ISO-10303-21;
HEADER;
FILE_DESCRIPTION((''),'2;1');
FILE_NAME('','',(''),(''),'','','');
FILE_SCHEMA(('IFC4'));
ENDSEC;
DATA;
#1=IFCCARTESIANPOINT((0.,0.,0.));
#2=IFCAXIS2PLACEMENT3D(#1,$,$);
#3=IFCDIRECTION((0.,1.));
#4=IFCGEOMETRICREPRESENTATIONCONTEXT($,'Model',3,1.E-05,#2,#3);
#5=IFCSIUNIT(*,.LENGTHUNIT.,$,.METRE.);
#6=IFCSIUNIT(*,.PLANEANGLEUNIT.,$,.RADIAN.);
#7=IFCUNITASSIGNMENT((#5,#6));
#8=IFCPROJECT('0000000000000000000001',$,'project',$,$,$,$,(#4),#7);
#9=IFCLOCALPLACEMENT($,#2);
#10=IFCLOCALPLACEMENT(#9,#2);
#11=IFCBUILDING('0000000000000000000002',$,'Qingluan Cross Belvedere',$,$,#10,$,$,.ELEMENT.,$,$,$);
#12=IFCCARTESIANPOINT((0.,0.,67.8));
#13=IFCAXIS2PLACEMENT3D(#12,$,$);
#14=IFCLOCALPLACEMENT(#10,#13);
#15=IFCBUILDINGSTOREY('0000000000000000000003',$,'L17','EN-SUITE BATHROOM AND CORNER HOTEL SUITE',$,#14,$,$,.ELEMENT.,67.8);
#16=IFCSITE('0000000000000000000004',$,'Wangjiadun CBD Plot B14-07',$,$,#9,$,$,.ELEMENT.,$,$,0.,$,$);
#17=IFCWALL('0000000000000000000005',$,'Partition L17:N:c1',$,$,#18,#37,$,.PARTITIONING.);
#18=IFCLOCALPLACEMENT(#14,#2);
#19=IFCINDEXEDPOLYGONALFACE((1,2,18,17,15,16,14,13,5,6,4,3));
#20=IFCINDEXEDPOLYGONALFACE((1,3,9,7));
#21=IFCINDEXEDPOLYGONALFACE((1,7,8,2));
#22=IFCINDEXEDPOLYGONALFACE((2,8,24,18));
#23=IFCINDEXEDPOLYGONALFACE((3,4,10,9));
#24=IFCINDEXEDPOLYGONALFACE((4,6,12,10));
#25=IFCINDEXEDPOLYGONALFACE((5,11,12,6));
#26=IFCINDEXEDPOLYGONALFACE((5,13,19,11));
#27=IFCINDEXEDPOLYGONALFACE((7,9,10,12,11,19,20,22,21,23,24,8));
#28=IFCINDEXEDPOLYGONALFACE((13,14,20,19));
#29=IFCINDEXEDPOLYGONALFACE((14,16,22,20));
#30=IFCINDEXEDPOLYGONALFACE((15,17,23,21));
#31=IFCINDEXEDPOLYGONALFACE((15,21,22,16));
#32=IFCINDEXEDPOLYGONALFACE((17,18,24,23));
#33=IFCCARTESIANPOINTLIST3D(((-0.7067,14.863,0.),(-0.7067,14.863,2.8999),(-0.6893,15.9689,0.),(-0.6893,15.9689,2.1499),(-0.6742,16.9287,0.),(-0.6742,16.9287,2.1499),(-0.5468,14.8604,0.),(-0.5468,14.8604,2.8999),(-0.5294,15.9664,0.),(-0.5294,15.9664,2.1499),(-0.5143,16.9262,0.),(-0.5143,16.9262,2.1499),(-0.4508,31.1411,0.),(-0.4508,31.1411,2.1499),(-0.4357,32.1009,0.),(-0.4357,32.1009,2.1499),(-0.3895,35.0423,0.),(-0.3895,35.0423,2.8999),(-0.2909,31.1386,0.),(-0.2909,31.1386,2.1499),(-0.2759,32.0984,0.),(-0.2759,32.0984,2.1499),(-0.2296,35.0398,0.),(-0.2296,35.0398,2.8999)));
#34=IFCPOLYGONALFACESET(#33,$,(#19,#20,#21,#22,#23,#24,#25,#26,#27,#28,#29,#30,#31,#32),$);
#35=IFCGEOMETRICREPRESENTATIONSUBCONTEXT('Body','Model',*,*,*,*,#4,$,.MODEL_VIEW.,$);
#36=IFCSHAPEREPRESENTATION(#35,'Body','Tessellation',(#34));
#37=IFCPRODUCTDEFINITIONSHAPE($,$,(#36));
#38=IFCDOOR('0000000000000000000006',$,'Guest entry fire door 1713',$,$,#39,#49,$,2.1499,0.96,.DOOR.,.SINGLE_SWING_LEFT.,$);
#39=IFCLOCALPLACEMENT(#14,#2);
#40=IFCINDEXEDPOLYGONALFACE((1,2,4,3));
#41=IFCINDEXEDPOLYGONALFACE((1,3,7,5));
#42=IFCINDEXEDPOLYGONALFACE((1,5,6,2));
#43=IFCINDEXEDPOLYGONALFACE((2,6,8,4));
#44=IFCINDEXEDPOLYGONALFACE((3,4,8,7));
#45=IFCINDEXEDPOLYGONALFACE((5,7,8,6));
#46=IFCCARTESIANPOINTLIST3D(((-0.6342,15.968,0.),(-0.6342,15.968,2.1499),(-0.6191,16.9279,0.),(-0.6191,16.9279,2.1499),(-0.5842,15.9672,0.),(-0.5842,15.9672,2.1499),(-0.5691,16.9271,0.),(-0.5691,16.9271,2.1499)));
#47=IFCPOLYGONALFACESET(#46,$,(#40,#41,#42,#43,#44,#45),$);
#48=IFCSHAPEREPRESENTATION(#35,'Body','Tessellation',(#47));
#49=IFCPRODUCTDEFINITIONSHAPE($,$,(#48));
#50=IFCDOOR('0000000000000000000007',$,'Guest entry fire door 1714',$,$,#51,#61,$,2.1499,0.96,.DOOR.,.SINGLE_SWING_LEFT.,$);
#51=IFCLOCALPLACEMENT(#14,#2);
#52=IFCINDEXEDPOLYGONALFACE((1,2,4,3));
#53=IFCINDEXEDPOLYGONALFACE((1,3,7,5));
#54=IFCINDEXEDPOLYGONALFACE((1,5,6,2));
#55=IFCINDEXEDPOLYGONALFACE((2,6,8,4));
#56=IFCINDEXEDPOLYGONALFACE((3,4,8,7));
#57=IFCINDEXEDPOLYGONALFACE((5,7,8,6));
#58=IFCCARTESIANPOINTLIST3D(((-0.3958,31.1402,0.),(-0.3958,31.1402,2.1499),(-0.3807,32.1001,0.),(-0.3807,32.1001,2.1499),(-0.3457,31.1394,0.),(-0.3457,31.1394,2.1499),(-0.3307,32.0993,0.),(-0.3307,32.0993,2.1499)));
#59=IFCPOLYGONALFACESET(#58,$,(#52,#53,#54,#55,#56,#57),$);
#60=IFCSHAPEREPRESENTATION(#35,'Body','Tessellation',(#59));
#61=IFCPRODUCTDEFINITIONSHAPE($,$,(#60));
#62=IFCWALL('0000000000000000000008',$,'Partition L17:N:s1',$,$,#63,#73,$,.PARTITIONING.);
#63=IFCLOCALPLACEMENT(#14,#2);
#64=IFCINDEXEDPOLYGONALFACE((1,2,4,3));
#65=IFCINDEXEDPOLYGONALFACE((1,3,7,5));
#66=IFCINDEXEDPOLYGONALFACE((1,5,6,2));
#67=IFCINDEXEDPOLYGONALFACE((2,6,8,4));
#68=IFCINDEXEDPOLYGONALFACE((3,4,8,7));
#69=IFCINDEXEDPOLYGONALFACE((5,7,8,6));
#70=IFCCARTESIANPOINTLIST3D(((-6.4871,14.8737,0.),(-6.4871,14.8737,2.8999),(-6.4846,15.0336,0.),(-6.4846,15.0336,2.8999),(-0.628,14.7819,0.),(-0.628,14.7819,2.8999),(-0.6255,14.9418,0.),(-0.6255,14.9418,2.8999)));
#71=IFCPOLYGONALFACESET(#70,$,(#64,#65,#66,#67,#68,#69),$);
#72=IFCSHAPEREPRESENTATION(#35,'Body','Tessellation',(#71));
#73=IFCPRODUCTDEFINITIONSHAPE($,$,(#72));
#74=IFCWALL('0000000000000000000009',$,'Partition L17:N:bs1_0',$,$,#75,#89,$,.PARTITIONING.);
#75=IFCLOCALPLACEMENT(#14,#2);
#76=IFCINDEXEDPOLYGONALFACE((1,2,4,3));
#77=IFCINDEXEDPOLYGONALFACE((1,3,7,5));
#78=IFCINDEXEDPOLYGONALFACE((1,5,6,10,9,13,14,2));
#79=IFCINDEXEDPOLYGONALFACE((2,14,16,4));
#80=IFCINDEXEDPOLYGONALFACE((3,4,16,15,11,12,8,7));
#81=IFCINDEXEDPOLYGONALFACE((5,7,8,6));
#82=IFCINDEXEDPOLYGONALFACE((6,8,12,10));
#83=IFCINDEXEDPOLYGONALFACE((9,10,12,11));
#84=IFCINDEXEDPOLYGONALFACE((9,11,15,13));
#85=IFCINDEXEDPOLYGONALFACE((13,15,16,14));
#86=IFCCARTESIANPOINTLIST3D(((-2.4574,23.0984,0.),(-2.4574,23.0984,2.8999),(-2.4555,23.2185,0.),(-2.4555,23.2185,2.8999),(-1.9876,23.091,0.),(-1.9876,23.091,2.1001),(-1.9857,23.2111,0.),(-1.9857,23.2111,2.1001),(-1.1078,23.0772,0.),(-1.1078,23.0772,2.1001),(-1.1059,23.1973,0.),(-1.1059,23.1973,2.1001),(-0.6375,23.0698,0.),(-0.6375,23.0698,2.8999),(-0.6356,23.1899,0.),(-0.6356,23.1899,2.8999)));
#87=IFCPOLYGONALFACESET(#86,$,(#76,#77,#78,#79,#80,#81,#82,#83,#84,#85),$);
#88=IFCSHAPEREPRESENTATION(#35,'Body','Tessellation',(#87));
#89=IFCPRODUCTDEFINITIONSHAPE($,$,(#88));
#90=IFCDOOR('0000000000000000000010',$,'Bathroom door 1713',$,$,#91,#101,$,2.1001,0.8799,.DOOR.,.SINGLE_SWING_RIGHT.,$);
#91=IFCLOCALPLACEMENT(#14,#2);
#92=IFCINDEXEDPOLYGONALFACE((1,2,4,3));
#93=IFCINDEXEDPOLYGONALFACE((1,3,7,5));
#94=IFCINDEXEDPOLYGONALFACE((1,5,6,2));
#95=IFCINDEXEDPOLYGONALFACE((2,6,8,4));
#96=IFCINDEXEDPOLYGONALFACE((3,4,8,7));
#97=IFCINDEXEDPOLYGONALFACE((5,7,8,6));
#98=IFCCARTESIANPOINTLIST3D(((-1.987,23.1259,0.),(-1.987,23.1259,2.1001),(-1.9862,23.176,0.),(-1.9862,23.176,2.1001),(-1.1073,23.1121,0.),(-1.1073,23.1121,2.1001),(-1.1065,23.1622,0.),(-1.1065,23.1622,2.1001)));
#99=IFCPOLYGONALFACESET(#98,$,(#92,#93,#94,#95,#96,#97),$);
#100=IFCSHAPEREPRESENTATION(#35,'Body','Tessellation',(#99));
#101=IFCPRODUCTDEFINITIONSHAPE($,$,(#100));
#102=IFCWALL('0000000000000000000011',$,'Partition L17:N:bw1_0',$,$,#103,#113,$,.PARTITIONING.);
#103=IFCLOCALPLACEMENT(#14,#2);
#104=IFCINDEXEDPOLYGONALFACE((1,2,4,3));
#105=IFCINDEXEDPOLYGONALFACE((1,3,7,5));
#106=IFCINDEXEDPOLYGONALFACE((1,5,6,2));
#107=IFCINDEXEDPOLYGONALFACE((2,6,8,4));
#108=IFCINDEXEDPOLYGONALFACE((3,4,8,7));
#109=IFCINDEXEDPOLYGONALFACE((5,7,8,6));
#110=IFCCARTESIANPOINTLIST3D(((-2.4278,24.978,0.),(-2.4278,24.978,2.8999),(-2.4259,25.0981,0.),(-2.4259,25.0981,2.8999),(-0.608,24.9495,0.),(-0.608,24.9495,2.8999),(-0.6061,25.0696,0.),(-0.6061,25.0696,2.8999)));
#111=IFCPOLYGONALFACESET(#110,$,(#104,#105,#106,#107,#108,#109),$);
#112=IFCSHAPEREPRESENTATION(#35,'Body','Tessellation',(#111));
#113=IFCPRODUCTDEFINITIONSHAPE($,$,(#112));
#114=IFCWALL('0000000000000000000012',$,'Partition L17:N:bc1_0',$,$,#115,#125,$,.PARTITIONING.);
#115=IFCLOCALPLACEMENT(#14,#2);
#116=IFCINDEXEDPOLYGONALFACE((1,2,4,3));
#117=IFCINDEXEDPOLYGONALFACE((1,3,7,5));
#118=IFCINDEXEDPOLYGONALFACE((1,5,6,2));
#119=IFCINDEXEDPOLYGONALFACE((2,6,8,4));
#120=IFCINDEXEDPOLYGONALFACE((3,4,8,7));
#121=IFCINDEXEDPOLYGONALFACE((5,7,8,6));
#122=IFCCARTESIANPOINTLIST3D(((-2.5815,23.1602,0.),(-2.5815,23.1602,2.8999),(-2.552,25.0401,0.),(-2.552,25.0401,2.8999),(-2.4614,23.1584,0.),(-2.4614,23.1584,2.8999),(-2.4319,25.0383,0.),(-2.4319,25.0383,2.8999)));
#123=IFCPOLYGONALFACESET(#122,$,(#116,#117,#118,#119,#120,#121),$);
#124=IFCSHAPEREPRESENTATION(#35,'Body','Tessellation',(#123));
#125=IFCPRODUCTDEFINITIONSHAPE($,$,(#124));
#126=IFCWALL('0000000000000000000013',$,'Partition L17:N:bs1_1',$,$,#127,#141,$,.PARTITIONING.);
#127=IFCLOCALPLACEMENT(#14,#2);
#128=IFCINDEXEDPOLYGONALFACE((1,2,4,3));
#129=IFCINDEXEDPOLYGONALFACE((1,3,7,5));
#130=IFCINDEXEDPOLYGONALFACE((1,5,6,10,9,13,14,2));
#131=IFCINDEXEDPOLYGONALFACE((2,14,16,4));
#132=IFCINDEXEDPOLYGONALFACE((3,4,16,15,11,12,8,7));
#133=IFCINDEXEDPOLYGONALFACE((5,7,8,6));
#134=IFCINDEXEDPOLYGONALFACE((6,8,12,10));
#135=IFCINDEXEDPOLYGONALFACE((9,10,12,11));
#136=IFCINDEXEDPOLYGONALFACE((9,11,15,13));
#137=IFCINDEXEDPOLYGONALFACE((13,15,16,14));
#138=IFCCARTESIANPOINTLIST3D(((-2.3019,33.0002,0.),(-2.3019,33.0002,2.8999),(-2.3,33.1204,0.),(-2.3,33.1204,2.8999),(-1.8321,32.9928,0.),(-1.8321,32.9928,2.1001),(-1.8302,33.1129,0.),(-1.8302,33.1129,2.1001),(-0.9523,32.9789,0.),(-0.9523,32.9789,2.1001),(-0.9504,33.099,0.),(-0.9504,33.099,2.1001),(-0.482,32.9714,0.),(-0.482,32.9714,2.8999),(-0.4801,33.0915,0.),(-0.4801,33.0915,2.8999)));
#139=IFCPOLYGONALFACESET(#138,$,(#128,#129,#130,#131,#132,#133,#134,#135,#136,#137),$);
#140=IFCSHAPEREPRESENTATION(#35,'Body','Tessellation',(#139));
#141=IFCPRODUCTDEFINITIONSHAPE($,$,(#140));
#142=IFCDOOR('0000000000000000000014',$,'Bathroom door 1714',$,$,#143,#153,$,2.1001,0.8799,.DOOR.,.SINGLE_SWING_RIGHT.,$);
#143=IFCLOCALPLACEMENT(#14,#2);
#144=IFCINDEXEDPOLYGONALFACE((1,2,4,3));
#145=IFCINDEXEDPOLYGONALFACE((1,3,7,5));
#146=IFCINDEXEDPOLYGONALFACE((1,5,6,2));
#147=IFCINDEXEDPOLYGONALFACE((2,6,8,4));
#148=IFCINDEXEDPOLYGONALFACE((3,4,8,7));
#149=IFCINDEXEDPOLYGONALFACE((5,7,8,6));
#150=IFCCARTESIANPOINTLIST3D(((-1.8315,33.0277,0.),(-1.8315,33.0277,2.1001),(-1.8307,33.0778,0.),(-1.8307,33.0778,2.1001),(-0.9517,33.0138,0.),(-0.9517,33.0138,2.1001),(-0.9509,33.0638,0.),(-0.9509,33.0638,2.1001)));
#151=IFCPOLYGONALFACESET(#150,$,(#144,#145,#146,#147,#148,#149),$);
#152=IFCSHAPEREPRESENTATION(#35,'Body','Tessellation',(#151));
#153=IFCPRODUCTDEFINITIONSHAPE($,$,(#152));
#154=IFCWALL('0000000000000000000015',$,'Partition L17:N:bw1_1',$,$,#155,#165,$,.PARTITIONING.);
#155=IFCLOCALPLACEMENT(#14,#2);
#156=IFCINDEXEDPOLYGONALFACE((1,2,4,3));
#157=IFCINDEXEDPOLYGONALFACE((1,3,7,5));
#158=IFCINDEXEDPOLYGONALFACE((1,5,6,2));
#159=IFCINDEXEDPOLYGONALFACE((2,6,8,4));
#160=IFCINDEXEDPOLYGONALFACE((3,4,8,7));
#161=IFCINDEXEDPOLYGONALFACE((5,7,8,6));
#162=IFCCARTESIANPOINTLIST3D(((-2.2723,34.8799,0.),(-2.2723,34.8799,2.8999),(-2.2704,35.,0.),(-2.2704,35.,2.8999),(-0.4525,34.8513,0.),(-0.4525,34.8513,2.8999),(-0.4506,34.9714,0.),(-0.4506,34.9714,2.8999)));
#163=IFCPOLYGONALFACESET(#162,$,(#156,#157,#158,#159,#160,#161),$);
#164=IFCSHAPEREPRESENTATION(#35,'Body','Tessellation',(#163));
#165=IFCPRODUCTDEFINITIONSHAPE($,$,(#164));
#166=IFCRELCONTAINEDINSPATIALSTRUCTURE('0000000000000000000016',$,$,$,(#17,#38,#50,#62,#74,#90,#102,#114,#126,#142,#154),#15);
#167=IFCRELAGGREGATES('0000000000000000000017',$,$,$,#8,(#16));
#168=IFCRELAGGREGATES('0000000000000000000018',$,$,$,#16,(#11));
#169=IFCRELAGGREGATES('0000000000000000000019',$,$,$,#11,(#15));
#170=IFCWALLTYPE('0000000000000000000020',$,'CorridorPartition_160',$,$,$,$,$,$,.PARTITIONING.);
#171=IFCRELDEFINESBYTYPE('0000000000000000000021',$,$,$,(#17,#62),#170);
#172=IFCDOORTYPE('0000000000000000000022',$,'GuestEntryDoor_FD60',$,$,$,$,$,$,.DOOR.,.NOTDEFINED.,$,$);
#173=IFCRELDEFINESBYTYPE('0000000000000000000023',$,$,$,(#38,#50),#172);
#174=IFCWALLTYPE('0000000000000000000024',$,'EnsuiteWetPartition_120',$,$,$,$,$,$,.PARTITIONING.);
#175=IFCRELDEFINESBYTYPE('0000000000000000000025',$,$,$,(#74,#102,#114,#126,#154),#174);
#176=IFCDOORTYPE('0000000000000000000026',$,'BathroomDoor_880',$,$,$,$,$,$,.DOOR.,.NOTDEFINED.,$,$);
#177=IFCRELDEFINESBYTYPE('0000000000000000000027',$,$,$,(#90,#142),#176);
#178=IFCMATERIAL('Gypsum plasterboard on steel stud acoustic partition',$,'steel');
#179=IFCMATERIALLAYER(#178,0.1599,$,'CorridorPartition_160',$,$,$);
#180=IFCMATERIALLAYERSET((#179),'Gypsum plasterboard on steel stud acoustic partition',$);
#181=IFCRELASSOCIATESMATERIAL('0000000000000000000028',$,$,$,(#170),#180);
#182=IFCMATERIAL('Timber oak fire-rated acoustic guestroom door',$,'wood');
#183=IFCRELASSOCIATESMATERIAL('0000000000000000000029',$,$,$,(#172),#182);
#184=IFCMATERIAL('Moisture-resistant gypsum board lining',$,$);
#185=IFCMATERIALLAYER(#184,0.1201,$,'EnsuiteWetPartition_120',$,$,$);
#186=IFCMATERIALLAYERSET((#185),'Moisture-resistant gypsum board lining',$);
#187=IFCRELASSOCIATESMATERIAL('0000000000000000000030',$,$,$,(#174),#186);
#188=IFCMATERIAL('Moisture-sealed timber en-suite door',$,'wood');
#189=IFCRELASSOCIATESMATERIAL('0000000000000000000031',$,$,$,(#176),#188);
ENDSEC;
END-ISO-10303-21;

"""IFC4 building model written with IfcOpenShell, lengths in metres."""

from ifc_helpers import new_model, si_unit, direction, frame, frame_2d, origin, place, context, subcontext, project, spatial, rectangle, extrude, material, layer, layer_set, type_object, element, fill, save


model = new_model("IFC4")

# Units and contexts
model_context = context("Model", 3, precision=1e-05, world=origin(), true_north=direction((0.0, 1.0)))
body_context = subcontext(model_context, "Body", "Model", "MODEL_VIEW")
ifc_project = project(units=[si_unit("LENGTHUNIT", "METRE"), si_unit("PLANEANGLEUNIT", "RADIAN")], contexts=[model_context])

# Site, building, storey
site_placement = place(None, origin())
site = spatial("IfcSite", under=ifc_project, at=site_placement, Name="Wangjiadun CBD Plot B14-07", CompositionType="ELEMENT", RefElevation=0.0)
building_placement = place(site_placement, origin())
building = spatial("IfcBuilding", under=site, at=building_placement, Name="Qingluan Cross Belvedere", CompositionType="ELEMENT")
storey_placement = place(building_placement, frame((0.0, 0.0, 67.8)))
storey = spatial("IfcBuildingStorey", under=building, at=storey_placement, Name="L17", Description="EN-SUITE BATHROOM AND CORNER HOTEL SUITE", CompositionType="ELEMENT", Elevation=67.8)

# Shared definitions
ifc_material_1 = material(Name="Gypsum plasterboard on steel stud acoustic partition", Category="steel")
ifc_layer_1 = layer(ifc_material_1, 0.1599, Name="CorridorPartition_160")
ifc_layer_set_1 = layer_set([ifc_layer_1], Name="Gypsum plasterboard on steel stud acoustic partition")
wall_type_1 = type_object("IfcWallType", Name="CorridorPartition_160", PredefinedType="PARTITIONING", material=ifc_layer_set_1)

# Wall, openings, doors
wall_1_placement = place(storey_placement, frame((-0.6267, 14.8618, 0.0), z_axis=(0.0, 0.0, 1.0), x_axis=(0.015714, 0.999877, 0.0)))
wall_1 = element("IfcWall", 1, at=wall_1_placement, inside=storey, type_object=wall_type_1, Name="Partition L17:N:c1", PredefinedType="PARTITIONING", context=body_context, shape_type="SweptSolid", body=[
    extrude(rectangle(XDim=20.1819, YDim=0.1599, at=frame_2d((10.0908, 0.0))), origin(), (0.0, 0.0, 1.0), 2.8999),
])
opening_1_placement = place(wall_1_placement, frame((1.106, 0.0, 0.0)))
opening_1 = element("IfcOpeningElement", 2, at=opening_1_placement, cuts=wall_1, PredefinedType="OPENING", context=body_context, shape_type="SweptSolid", body=[
    extrude(rectangle(XDim=0.96, YDim=2.1499, at=frame_2d((0.48, 1.075))), frame((0.0, 0.0898, 0.0), z_axis=(0.0, -1.0, 0.0), x_axis=(1.0, 0.0, 0.0)), (0.0, 0.0, 1.0), 0.1799),
])
opening_2_placement = place(wall_1_placement, frame((16.28, 0.0, 0.0)))
opening_2 = element("IfcOpeningElement", 3, at=opening_2_placement, cuts=wall_1, PredefinedType="OPENING", context=body_context, shape_type="SweptSolid", body=[
    extrude(rectangle(XDim=0.96, YDim=2.1499, at=frame_2d((0.48, 1.075))), frame((0.0, 0.0898, 0.0), z_axis=(0.0, -1.0, 0.0), x_axis=(1.0, 0.0, 0.0)), (0.0, 0.0, 1.0), 0.1799),
])
ifc_material_2 = material(Name="Timber oak fire-rated acoustic guestroom door", Category="wood")
door_type_1 = type_object("IfcDoorType", Name="GuestEntryDoor_FD60", OperationType="NOTDEFINED", PredefinedType="DOOR", material=ifc_material_2)
door_1_placement = place(opening_1_placement, origin())
door_1 = element("IfcDoor", 4, at=door_1_placement, inside=storey, type_object=door_type_1, Name="Guest entry fire door 1713", OperationType="SINGLE_SWING_LEFT", OverallHeight=2.1499, OverallWidth=0.96, PredefinedType="DOOR", context=body_context, shape_type="SweptSolid", body=[
    extrude(rectangle(XDim=0.96, YDim=2.1499, at=frame_2d((0.48, 1.075))), frame((0.0, 0.0249, 0.0), z_axis=(0.0, -1.0, 0.0), x_axis=(1.0, 0.0, 0.0)), (0.0, 0.0, 1.0), 0.05),
])
fill(opening_1, door_1)
door_2_placement = place(opening_2_placement, origin())
door_2 = element("IfcDoor", 5, at=door_2_placement, inside=storey, type_object=door_type_1, Name="Guest entry fire door 1714", OperationType="SINGLE_SWING_LEFT", OverallHeight=2.1499, OverallWidth=0.96, PredefinedType="DOOR", context=body_context, shape_type="SweptSolid", body=[
    extrude(rectangle(XDim=0.96, YDim=2.1499, at=frame_2d((0.48, 1.075))), frame((0.0, 0.0249, 0.0), z_axis=(0.0, -1.0, 0.0), x_axis=(1.0, 0.0, 0.0)), (0.0, 0.0, 1.0), 0.05),
])
fill(opening_2, door_2)

# Wall
wall_2_placement = place(storey_placement, frame((-0.6267, 14.8618, 0.0), z_axis=(0.0, 0.0, 1.0), x_axis=(-0.999877, 0.015665, 0.0)))
element("IfcWall", 6, at=wall_2_placement, inside=storey, type_object=wall_type_1, Name="Partition L17:N:s1", PredefinedType="PARTITIONING", context=body_context, shape_type="SweptSolid", body=[
    extrude(rectangle(XDim=5.8599, YDim=0.1599, at=frame_2d((2.9299, 0.0))), origin(), (0.0, 0.0, 1.0), 2.8999),
])

# Wall, opening, door
ifc_material_3 = material(Name="Moisture-resistant gypsum board lining")
ifc_layer_2 = layer(ifc_material_3, 0.1201, Name="EnsuiteWetPartition_120")
ifc_layer_set_2 = layer_set([ifc_layer_2], Name="Moisture-resistant gypsum board lining")
wall_type_2 = type_object("IfcWallType", Name="EnsuiteWetPartition_120", PredefinedType="PARTITIONING", material=ifc_layer_set_2)
wall_3_placement = place(storey_placement, frame((-2.4565, 23.1584, 0.0), z_axis=(0.0, 0.0, 1.0), x_axis=(0.999877, -0.015694, 0.0)))
wall_3 = element("IfcWall", 7, at=wall_3_placement, inside=storey, type_object=wall_type_2, Name="Partition L17:N:bs1_0", PredefinedType="PARTITIONING", context=body_context, shape_type="SweptSolid", body=[
    extrude(rectangle(XDim=1.8201, YDim=0.1201, at=frame_2d((0.9102, 0.0))), origin(), (0.0, 0.0, 1.0), 2.8999),
])
opening_3_placement = place(wall_3_placement, frame((0.47, 0.0, 0.0)))
opening_3 = element("IfcOpeningElement", 8, at=opening_3_placement, cuts=wall_3, PredefinedType="OPENING", context=body_context, shape_type="SweptSolid", body=[
    extrude(rectangle(XDim=0.8799, YDim=2.1001, at=frame_2d((0.4399, 1.05))), frame((0.0, 0.0701, 0.0), z_axis=(0.0, -1.0, 0.0), x_axis=(1.0, 0.0, 0.0)), (0.0, 0.0, 1.0), 0.1401),
])
ifc_material_4 = material(Name="Moisture-sealed timber en-suite door", Category="wood")
door_type_2 = type_object("IfcDoorType", Name="BathroomDoor_880", OperationType="NOTDEFINED", PredefinedType="DOOR", material=ifc_material_4)
door_3_placement = place(opening_3_placement, origin())
door_3 = element("IfcDoor", 9, at=door_3_placement, inside=storey, type_object=door_type_2, Name="Bathroom door 1713", OperationType="SINGLE_SWING_RIGHT", OverallHeight=2.1001, OverallWidth=0.8799, PredefinedType="DOOR", context=body_context, shape_type="SweptSolid", body=[
    extrude(rectangle(XDim=0.8799, YDim=2.1001, at=frame_2d((0.4399, 1.05))), frame((0.0, 0.0249, 0.0), z_axis=(0.0, -1.0, 0.0), x_axis=(1.0, 0.0, 0.0)), (0.0, 0.0, 1.0), 0.05),
])
fill(opening_3, door_3)

# Walls
wall_4_placement = place(storey_placement, frame((-2.427, 25.0381, 0.0), z_axis=(0.0, 0.0, 1.0), x_axis=(0.999877, -0.015694, 0.0)))
element("IfcWall", 10, at=wall_4_placement, inside=storey, type_object=wall_type_2, Name="Partition L17:N:bw1_0", PredefinedType="PARTITIONING", context=body_context, shape_type="SweptSolid", body=[
    extrude(rectangle(XDim=1.8201, YDim=0.1201, at=frame_2d((0.9102, 0.0))), origin(), (0.0, 0.0, 1.0), 2.8999),
])
wall_5_placement = place(storey_placement, frame((-2.5215, 23.1594, 0.0), z_axis=(0.0, 0.0, 1.0), x_axis=(0.015712, 0.999877, 0.0)))
element("IfcWall", 11, at=wall_5_placement, inside=storey, type_object=wall_type_2, Name="Partition L17:N:bc1_0", PredefinedType="PARTITIONING", context=body_context, shape_type="SweptSolid", body=[
    extrude(rectangle(XDim=1.8801, YDim=0.1201, at=frame_2d((0.9399, 0.0))), origin(), (0.0, 0.0, 1.0), 2.8999),
])

# Wall, opening, door
wall_6_placement = place(storey_placement, frame((-2.301, 33.0603, 0.0), z_axis=(0.0, 0.0, 1.0), x_axis=(0.999875, -0.015828, 0.0)))
wall_6 = element("IfcWall", 12, at=wall_6_placement, inside=storey, type_object=wall_type_2, Name="Partition L17:N:bs1_1", PredefinedType="PARTITIONING", context=body_context, shape_type="SweptSolid", body=[
    extrude(rectangle(XDim=1.8201, YDim=0.1201, at=frame_2d((0.9102, 0.0))), origin(), (0.0, 0.0, 1.0), 2.8999),
])
opening_4_placement = place(wall_6_placement, frame((0.47, 0.0, 0.0)))
opening_4 = element("IfcOpeningElement", 13, at=opening_4_placement, cuts=wall_6, PredefinedType="OPENING", context=body_context, shape_type="SweptSolid", body=[
    extrude(rectangle(XDim=0.8799, YDim=2.1001, at=frame_2d((0.4399, 1.05))), frame((0.0, 0.0701, 0.0), z_axis=(0.0, -1.0, 0.0), x_axis=(1.0, 0.0, 0.0)), (0.0, 0.0, 1.0), 0.1401),
])
door_4_placement = place(opening_4_placement, origin())
door_4 = element("IfcDoor", 14, at=door_4_placement, inside=storey, type_object=door_type_2, Name="Bathroom door 1714", OperationType="SINGLE_SWING_RIGHT", OverallHeight=2.1001, OverallWidth=0.8799, PredefinedType="DOOR", context=body_context, shape_type="SweptSolid", body=[
    extrude(rectangle(XDim=0.8799, YDim=2.1001, at=frame_2d((0.4399, 1.05))), frame((0.0, 0.0249, 0.0), z_axis=(0.0, -1.0, 0.0), x_axis=(1.0, 0.0, 0.0)), (0.0, 0.0, 1.0), 0.05),
])
fill(opening_4, door_4)

# Wall
wall_7_placement = place(storey_placement, frame((-2.2715, 34.9399, 0.0), z_axis=(0.0, 0.0, 1.0), x_axis=(0.999877, -0.015694, 0.0)))
element("IfcWall", 15, at=wall_7_placement, inside=storey, type_object=wall_type_2, Name="Partition L17:N:bw1_1", PredefinedType="PARTITIONING", context=body_context, shape_type="SweptSolid", body=[
    extrude(rectangle(XDim=1.8201, YDim=0.1201, at=frame_2d((0.9102, 0.0))), origin(), (0.0, 0.0, 1.0), 2.8999),
])

save(model, "model.ifc")
